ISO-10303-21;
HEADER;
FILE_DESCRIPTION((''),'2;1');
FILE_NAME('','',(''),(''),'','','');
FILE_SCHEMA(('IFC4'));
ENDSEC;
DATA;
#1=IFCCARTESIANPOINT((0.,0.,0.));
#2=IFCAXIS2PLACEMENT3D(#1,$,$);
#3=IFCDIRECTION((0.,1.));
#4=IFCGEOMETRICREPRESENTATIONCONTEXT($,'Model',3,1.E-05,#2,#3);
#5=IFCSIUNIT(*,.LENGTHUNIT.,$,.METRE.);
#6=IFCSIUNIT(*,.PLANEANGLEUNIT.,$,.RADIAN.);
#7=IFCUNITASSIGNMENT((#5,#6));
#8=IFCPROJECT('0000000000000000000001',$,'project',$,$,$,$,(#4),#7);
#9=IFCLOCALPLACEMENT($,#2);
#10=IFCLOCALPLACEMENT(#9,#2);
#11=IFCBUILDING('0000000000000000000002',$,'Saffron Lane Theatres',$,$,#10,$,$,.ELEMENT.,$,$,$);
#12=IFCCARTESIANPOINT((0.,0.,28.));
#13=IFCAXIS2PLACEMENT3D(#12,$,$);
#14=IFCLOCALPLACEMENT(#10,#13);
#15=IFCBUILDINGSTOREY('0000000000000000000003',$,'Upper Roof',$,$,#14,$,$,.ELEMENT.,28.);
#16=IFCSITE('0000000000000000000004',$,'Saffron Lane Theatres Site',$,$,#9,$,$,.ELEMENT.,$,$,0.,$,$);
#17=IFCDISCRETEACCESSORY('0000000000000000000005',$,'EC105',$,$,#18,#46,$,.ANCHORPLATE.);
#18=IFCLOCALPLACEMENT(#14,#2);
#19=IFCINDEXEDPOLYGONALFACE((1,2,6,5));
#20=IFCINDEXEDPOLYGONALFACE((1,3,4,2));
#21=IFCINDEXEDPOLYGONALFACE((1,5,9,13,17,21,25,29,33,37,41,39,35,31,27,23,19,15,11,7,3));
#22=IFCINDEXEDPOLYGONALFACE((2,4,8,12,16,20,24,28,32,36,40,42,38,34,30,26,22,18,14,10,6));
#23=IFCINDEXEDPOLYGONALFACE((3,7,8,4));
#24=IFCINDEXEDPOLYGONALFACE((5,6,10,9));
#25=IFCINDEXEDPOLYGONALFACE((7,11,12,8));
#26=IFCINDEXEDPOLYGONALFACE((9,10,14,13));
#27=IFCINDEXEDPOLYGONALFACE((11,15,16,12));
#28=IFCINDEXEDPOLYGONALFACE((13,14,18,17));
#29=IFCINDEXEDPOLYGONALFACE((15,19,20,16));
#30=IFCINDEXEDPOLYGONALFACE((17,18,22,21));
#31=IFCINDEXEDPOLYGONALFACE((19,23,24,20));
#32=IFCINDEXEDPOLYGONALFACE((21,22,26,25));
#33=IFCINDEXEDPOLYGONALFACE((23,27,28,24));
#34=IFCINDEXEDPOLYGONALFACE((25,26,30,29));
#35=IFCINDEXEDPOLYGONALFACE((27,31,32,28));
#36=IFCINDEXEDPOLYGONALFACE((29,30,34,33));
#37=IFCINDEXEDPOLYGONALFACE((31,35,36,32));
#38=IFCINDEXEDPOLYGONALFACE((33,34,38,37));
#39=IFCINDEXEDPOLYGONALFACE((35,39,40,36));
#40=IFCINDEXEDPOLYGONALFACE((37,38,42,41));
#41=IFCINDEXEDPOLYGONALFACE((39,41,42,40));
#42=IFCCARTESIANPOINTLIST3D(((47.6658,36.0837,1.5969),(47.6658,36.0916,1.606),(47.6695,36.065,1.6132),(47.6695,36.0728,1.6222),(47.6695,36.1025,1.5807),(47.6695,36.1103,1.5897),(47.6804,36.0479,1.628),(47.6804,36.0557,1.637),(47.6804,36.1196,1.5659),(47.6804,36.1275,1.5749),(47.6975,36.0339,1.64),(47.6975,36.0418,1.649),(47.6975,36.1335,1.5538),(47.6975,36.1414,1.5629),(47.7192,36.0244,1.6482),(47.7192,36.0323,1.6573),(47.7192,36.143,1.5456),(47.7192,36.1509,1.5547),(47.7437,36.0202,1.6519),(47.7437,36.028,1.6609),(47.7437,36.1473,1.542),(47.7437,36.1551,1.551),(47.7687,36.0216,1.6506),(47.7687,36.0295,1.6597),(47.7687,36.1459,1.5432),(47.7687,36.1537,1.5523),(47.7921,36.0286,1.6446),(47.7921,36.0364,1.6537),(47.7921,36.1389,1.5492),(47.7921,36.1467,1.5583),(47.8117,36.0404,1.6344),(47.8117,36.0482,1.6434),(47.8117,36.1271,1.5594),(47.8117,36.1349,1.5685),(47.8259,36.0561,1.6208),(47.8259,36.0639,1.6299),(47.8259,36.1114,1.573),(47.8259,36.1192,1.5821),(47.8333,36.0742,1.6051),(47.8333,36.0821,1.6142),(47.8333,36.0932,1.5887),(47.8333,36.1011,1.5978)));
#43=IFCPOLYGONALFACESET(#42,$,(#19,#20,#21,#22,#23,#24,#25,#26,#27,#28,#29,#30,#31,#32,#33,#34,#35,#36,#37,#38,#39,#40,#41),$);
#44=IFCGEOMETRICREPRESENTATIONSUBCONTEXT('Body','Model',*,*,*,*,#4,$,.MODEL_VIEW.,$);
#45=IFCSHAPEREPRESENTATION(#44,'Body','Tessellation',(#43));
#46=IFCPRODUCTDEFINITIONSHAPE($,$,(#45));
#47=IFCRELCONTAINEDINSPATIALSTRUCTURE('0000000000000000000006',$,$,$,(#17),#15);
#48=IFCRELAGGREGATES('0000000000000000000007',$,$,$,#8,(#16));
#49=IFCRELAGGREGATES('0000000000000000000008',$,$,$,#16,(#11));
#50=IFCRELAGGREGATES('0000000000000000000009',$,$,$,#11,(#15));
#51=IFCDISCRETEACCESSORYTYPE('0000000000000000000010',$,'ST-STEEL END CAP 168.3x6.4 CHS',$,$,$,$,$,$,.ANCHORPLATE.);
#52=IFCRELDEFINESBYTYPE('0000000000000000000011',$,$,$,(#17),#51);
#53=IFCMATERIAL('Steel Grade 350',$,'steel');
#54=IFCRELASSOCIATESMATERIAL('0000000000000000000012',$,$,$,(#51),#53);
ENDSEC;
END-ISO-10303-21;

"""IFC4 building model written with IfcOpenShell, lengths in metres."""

from ifc_helpers import new_model, si_unit, direction, frame, origin, origin_2d, place, context, subcontext, project, spatial, circle, extrude, material, material_profile, profile_set, type_object, element, save


model = new_model("IFC4")

# Units and contexts
model_context = context("Model", 3, precision=1e-05, world=origin(), true_north=direction((0.0, 1.0)))
body_context = subcontext(model_context, "Body", "Model", "MODEL_VIEW")
ifc_project = project(units=[si_unit("LENGTHUNIT", "METRE"), si_unit("PLANEANGLEUNIT", "RADIAN")], contexts=[model_context])

# Site, building, storey
site_placement = place(None, origin())
site = spatial("IfcSite", under=ifc_project, at=site_placement, Name="Saffron Lane Theatres Site", CompositionType="ELEMENT", RefElevation=0.0)
building_placement = place(site_placement, origin())
building = spatial("IfcBuilding", under=site, at=building_placement, Name="Saffron Lane Theatres", CompositionType="ELEMENT")
storey_placement = place(building_placement, frame((0.0, 0.0, 28.0)))
storey = spatial("IfcBuildingStorey", under=building, at=storey_placement, Name="Upper Roof", CompositionType="ELEMENT", Elevation=28.0)

# Discrete accessory
ifc_material_1 = material(Name="Steel Grade 350", Category="steel")
ifc_material_profile_1 = material_profile(ifc_material_1, circle(Radius=0.0842, at=origin_2d()))
ifc_profile_set_1 = profile_set([ifc_material_profile_1], Name="Steel Grade 350")
discrete_accessory_type_1 = type_object("IfcDiscreteAccessoryType", Name="ST-STEEL END CAP 168.3x6.4 CHS", PredefinedType="ANCHORPLATE", material=ifc_profile_set_1)
discrete_accessory_1_placement = place(storey_placement, frame((47.75, 36.0837, 1.5969), z_axis=(0.0, 0.654152, 0.756363), x_axis=(-1.0, 0.0, 0.0)))
element("IfcDiscreteAccessory", 1, at=discrete_accessory_1_placement, inside=storey, type_object=discrete_accessory_type_1, Name="EC105", PredefinedType="ANCHORPLATE", context=body_context, shape_type="SweptSolid", body=[
    extrude(circle(Radius=0.0842, at=origin_2d()), origin(), (0.0, 0.0, 1.0), 0.012),
])

save(model, "model.ifc")
